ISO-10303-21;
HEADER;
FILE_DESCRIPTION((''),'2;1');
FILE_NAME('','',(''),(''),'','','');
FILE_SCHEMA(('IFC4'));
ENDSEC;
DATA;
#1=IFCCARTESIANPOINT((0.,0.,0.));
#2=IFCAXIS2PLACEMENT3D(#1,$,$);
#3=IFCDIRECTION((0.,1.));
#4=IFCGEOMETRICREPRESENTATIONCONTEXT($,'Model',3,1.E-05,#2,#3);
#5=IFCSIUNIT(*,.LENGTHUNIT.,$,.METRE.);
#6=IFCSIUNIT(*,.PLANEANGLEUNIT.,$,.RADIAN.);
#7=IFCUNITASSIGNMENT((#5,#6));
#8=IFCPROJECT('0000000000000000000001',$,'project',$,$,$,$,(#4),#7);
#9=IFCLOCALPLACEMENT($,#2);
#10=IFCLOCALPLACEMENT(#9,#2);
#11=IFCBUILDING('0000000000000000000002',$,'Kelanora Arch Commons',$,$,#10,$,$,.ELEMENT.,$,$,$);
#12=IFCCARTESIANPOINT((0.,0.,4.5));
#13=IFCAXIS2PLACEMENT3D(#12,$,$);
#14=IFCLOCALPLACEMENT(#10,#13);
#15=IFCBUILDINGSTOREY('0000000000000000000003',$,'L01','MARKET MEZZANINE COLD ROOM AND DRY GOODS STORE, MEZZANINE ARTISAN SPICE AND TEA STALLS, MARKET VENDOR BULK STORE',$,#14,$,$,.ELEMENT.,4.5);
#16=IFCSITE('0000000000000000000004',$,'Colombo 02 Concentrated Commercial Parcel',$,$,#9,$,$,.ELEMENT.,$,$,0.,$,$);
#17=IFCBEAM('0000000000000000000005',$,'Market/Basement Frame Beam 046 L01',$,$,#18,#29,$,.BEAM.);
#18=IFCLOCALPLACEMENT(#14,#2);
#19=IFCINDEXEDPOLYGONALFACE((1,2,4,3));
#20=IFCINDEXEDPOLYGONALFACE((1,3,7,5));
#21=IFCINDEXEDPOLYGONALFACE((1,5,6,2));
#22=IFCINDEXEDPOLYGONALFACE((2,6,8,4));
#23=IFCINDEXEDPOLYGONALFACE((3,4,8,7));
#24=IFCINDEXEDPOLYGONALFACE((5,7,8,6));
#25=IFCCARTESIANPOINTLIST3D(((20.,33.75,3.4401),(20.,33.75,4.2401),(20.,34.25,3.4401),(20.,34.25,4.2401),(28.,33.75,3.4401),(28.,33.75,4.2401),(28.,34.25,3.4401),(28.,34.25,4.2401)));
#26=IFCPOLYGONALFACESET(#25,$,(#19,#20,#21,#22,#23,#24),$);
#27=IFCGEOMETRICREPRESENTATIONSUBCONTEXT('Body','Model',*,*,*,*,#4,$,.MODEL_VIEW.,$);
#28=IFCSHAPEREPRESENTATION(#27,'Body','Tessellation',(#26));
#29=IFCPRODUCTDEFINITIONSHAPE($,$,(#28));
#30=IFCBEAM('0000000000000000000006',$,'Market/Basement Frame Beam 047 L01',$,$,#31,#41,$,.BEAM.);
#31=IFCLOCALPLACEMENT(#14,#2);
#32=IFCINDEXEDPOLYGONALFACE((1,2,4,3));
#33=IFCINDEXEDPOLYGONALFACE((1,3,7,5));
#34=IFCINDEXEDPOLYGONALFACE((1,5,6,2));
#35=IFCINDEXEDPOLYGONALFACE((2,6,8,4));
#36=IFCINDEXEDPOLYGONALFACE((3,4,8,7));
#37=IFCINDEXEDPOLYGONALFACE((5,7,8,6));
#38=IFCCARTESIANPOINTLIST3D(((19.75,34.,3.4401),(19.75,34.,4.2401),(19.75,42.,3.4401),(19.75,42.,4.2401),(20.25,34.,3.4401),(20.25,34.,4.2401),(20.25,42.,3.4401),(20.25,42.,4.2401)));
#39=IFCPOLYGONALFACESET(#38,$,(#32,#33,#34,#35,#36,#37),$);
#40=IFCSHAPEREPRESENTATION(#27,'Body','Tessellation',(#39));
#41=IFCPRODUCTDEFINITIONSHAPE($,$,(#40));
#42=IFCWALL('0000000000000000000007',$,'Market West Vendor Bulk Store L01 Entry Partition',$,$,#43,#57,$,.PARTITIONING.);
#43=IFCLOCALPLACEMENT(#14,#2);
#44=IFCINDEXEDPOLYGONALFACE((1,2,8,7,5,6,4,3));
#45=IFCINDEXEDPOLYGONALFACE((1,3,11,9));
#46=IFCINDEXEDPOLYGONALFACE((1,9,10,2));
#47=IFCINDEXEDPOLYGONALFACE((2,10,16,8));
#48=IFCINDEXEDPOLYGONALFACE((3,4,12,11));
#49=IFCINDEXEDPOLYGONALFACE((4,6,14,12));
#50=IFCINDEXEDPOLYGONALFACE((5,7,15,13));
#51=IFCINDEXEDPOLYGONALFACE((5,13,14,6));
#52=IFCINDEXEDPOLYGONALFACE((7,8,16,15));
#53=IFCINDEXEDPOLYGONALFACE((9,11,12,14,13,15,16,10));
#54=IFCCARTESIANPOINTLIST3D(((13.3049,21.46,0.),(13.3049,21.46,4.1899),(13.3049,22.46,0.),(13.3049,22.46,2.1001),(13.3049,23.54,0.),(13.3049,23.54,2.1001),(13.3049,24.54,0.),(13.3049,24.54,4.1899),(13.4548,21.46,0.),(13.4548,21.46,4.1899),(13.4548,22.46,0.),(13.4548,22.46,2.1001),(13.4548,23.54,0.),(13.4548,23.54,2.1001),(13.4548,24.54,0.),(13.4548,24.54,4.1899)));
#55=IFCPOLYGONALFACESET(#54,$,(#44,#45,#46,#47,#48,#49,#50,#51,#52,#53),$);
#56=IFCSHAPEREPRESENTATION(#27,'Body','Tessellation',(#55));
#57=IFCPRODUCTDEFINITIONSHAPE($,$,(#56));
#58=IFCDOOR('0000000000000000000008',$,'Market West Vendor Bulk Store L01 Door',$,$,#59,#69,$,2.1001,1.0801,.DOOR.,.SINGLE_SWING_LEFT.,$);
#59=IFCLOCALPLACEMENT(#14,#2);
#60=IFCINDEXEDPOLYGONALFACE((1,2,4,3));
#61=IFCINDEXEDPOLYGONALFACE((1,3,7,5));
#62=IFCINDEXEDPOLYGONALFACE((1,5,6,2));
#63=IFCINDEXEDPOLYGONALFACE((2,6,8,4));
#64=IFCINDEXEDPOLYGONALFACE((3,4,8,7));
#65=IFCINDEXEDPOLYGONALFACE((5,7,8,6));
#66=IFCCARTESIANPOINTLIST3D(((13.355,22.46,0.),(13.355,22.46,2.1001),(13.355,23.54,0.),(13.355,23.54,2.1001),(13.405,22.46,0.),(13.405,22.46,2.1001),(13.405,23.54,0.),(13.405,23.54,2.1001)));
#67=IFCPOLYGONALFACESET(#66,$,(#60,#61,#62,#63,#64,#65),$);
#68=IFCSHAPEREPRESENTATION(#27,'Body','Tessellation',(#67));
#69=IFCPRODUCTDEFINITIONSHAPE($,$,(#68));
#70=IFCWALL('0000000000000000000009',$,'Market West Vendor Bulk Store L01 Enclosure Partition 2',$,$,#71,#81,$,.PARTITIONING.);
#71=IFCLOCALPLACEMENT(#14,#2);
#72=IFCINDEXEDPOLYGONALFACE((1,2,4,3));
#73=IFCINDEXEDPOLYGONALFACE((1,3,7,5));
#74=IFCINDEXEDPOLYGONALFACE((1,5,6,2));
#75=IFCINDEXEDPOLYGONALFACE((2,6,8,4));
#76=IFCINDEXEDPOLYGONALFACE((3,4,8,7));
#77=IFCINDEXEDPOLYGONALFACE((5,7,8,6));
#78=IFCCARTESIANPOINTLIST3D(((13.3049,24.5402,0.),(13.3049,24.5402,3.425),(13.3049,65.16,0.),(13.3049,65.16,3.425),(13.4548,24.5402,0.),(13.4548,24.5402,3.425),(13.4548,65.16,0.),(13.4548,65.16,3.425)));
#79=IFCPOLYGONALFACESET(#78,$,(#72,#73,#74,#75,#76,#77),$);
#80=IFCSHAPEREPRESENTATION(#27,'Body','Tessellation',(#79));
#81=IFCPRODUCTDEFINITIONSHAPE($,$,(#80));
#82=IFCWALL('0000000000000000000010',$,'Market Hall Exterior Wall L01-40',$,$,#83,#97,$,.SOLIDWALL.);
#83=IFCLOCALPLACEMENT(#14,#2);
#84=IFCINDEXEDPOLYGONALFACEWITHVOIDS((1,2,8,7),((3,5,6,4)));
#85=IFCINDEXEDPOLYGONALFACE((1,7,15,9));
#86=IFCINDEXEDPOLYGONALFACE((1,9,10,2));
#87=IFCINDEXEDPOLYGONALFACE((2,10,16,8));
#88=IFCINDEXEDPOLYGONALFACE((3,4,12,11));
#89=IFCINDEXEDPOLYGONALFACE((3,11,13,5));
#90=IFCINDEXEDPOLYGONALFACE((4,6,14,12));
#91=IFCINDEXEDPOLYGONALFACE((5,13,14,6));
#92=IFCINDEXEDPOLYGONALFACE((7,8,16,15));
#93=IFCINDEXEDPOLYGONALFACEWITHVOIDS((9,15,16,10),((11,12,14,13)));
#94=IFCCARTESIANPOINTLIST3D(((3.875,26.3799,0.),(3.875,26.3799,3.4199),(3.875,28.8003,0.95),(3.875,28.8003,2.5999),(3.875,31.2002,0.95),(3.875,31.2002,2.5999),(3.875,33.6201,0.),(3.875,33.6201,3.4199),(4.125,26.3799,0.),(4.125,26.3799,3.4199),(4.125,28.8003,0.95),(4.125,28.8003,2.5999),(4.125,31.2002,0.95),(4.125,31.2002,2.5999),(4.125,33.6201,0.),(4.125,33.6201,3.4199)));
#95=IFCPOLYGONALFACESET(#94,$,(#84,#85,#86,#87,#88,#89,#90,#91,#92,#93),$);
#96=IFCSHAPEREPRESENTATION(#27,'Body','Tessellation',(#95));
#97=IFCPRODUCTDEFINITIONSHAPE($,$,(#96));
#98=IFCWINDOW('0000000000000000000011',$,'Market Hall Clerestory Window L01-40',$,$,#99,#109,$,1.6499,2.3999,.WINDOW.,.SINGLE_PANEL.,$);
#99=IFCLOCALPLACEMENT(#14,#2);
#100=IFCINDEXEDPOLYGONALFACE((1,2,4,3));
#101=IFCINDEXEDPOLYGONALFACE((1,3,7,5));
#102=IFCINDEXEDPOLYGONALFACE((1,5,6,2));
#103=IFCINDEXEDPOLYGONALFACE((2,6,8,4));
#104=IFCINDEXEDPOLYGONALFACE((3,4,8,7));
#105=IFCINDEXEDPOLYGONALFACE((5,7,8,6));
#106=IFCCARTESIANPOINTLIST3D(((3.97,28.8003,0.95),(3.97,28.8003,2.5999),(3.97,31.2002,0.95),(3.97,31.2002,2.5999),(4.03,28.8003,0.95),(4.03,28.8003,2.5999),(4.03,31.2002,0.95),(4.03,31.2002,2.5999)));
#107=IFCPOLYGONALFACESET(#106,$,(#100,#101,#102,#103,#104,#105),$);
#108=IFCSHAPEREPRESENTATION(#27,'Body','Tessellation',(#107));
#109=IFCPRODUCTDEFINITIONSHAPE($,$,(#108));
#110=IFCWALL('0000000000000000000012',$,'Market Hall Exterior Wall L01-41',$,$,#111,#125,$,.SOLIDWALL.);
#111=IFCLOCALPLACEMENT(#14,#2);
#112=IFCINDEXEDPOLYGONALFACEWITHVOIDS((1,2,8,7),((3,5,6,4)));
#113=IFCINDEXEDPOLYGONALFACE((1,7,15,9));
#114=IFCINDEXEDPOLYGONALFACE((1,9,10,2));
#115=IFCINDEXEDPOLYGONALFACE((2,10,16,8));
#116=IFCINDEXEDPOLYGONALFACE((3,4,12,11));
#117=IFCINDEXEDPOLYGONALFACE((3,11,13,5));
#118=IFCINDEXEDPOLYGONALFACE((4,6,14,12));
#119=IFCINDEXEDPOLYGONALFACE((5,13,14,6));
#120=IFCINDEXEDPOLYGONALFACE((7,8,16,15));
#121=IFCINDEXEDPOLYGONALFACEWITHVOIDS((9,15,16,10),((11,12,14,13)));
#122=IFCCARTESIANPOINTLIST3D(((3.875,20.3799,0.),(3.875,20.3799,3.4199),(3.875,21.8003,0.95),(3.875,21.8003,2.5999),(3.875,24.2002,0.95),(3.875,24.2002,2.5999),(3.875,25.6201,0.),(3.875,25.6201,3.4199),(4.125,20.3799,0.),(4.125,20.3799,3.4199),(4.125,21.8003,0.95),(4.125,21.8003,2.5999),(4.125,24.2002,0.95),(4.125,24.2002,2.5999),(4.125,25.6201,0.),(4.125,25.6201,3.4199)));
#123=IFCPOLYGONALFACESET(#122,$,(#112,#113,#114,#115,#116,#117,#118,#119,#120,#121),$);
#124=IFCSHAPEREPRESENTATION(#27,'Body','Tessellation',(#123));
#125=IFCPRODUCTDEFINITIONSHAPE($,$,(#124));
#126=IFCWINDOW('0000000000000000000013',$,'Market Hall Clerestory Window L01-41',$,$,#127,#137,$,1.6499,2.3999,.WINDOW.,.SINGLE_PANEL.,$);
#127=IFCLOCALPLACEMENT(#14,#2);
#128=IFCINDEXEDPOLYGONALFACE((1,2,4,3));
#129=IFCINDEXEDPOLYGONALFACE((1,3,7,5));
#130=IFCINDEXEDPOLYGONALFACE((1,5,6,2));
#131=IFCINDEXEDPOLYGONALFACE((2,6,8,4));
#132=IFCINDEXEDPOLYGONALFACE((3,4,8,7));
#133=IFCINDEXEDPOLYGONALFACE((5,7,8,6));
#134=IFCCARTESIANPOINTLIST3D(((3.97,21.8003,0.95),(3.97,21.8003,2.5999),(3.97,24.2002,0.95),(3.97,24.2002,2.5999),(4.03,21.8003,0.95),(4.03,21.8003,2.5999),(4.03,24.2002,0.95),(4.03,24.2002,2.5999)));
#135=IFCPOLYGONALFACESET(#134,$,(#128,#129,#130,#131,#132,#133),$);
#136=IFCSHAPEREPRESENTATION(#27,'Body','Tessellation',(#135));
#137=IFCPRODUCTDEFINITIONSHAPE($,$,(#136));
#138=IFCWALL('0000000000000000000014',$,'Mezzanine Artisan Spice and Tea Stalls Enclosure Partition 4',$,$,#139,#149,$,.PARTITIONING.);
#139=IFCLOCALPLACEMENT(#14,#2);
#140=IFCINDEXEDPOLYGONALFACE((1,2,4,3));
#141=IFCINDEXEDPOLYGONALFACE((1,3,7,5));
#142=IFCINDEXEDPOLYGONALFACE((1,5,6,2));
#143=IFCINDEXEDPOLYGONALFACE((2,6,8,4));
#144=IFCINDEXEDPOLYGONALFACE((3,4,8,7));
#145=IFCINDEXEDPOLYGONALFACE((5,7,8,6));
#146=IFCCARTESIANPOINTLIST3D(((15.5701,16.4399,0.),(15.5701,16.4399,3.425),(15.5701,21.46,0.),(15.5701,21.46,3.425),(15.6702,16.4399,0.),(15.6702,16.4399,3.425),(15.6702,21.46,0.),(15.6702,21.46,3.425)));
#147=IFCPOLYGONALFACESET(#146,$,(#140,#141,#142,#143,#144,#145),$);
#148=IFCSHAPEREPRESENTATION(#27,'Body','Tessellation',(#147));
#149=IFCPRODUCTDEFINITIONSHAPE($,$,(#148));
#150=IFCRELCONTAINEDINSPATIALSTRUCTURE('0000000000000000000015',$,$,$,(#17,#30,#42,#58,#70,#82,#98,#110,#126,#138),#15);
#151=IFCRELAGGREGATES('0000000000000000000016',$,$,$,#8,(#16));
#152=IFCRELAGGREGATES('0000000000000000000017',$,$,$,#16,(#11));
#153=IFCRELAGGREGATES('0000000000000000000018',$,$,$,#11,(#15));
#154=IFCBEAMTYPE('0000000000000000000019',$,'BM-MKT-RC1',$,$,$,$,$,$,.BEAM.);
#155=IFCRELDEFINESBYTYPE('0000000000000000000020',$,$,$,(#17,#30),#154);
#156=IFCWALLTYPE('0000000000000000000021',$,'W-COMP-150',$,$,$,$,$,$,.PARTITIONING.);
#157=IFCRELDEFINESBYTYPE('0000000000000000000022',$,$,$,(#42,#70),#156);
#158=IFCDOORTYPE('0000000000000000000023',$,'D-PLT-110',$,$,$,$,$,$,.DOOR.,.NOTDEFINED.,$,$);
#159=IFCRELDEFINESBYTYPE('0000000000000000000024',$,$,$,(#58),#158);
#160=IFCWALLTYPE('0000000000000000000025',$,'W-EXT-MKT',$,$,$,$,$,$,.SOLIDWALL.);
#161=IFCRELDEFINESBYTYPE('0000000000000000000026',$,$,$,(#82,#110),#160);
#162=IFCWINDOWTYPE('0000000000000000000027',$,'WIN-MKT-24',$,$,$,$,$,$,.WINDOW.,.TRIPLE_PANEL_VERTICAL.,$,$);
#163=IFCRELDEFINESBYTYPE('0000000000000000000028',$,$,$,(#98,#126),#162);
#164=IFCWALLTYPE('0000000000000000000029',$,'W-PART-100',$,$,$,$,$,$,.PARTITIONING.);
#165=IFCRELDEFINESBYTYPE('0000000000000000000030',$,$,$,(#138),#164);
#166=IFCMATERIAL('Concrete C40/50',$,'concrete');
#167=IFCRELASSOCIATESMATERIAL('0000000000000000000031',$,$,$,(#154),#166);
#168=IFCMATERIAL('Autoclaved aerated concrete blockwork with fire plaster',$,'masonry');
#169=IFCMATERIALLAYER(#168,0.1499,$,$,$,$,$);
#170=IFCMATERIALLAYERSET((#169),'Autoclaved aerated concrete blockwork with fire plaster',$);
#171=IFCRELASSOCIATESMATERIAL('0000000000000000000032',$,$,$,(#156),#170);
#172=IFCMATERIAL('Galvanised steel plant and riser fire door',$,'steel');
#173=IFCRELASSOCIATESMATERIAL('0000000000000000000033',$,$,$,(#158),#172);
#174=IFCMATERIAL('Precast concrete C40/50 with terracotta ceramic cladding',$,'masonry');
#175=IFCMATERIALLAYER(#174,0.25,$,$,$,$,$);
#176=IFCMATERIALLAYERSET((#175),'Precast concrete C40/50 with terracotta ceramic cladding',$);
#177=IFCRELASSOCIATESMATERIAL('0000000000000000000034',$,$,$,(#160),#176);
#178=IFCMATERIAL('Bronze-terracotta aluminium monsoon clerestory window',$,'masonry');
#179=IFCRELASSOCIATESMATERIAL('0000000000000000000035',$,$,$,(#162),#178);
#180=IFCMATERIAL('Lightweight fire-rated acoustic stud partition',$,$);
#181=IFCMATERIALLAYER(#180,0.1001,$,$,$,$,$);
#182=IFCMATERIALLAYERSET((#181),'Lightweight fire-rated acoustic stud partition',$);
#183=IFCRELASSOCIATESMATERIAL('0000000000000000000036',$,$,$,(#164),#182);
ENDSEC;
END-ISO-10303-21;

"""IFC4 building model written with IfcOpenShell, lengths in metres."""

from ifc_helpers import new_model, si_unit, direction, frame, frame_2d, origin, origin_2d, place, context, subcontext, project, spatial, rectangle, extrude, material, layer, layer_set, material_profile, profile_set, type_object, element, fill, save


model = new_model("IFC4")

# Units and contexts
model_context = context("Model", 3, precision=1e-05, world=origin(), true_north=direction((0.0, 1.0)))
body_context = subcontext(model_context, "Body", "Model", "MODEL_VIEW")
ifc_project = project(units=[si_unit("LENGTHUNIT", "METRE"), si_unit("PLANEANGLEUNIT", "RADIAN")], contexts=[model_context])

# Site, building, storey
site_placement = place(None, origin())
site = spatial("IfcSite", under=ifc_project, at=site_placement, Name="Colombo 02 Concentrated Commercial Parcel", CompositionType="ELEMENT", RefElevation=0.0)
building_placement = place(site_placement, origin())
building = spatial("IfcBuilding", under=site, at=building_placement, Name="Kelanora Arch Commons", CompositionType="ELEMENT")
storey_placement = place(building_placement, frame((0.0, 0.0, 4.5)))
storey = spatial("IfcBuildingStorey", under=building, at=storey_placement, Name="L01", Description="MARKET MEZZANINE COLD ROOM AND DRY GOODS STORE, MEZZANINE ARTISAN SPICE AND TEA STALLS, MARKET VENDOR BULK STORE", CompositionType="ELEMENT", Elevation=4.5)

# Beams
ifc_material_1 = material(Name="Concrete C40/50", Category="concrete")
ifc_material_profile_1 = material_profile(ifc_material_1, rectangle(XDim=0.5, YDim=0.8, at=origin_2d()), Name="RCB500x800")
ifc_profile_set_1 = profile_set([ifc_material_profile_1], Name="Concrete C40/50")
beam_type = type_object("IfcBeamType", Name="BM-MKT-RC1", PredefinedType="BEAM", material=ifc_profile_set_1)
for number, where, z_axis, x_axis, name in (
    (1, (20.0, 34.0, 3.8401), (1.0, 0.0, 0.0), (0.0, 1.0, 0.0), "Market/Basement Frame Beam 046 L01"),
    (2, (20.0, 34.0, 3.8401), (0.0, 1.0, 0.0), (-1.0, 0.0, 0.0), "Market/Basement Frame Beam 047 L01"),
):
    element("IfcBeam", number, at=place(storey_placement, frame(where, z_axis=z_axis, x_axis=x_axis)), inside=storey, type_object=beam_type, Name=name, PredefinedType="BEAM", context=body_context, shape_type="SweptSolid", body=[
        extrude(rectangle(XDim=0.5, YDim=0.8, at=origin_2d()), origin(), (0.0, 0.0, 1.0), 8.0),
    ])

# Wall, opening, door
ifc_material_2 = material(Name="Autoclaved aerated concrete blockwork with fire plaster", Category="masonry")
ifc_layer_1 = layer(ifc_material_2, 0.1499)
ifc_layer_set_1 = layer_set([ifc_layer_1], Name="Autoclaved aerated concrete blockwork with fire plaster")
wall_type_1 = type_object("IfcWallType", Name="W-COMP-150", PredefinedType="PARTITIONING", material=ifc_layer_set_1)
wall_1_placement = place(storey_placement, frame((13.3799, 21.46, 0.0), z_axis=(0.0, 0.0, 1.0), x_axis=(0.0, 1.0, 0.0)))
wall_1 = element("IfcWall", 3, at=wall_1_placement, inside=storey, type_object=wall_type_1, Name="Market West Vendor Bulk Store L01 Entry Partition", PredefinedType="PARTITIONING", context=body_context, shape_type="SweptSolid", body=[
    extrude(rectangle(XDim=3.0801, YDim=0.1499, at=frame_2d((1.54, 0.0))), origin(), (0.0, 0.0, 1.0), 4.1899),
])
opening_1_placement = place(wall_1_placement, frame((1.0, 0.0, 0.0)))
opening_1 = element("IfcOpeningElement", 4, at=opening_1_placement, cuts=wall_1, PredefinedType="OPENING", context=body_context, shape_type="SweptSolid", body=[
    extrude(rectangle(XDim=1.0801, YDim=2.1001, at=frame_2d((0.54, 1.05))), frame((0.0, 0.085, 0.0), z_axis=(0.0, -1.0, 0.0), x_axis=(1.0, 0.0, 0.0)), (0.0, 0.0, 1.0), 0.1699),
])
ifc_material_3 = material(Name="Galvanised steel plant and riser fire door", Category="steel")
door_type_1 = type_object("IfcDoorType", Name="D-PLT-110", OperationType="NOTDEFINED", PredefinedType="DOOR", material=ifc_material_3)
door_1_placement = place(opening_1_placement, origin())
door_1 = element("IfcDoor", 5, at=door_1_placement, inside=storey, type_object=door_type_1, Name="Market West Vendor Bulk Store L01 Door", OperationType="SINGLE_SWING_LEFT", OverallHeight=2.1001, OverallWidth=1.0801, PredefinedType="DOOR", context=body_context, shape_type="SweptSolid", body=[
    extrude(rectangle(XDim=1.0801, YDim=2.1001, at=frame_2d((0.54, 1.05))), frame((0.0, 0.0249, 0.0), z_axis=(0.0, -1.0, 0.0), x_axis=(1.0, 0.0, 0.0)), (0.0, 0.0, 1.0), 0.05),
])
fill(opening_1, door_1)

# Wall
wall_2_placement = place(storey_placement, frame((13.3799, 24.54, 0.0), z_axis=(0.0, 0.0, 1.0), x_axis=(0.0, 1.0, 0.0)))
element("IfcWall", 6, at=wall_2_placement, inside=storey, type_object=wall_type_1, Name="Market West Vendor Bulk Store L01 Enclosure Partition 2", PredefinedType="PARTITIONING", context=body_context, shape_type="SweptSolid", body=[
    extrude(rectangle(XDim=40.6199, YDim=0.1499, at=frame_2d((20.3101, 0.0))), origin(), (0.0, 0.0, 1.0), 3.425),
])

# Walls, openings, windows
ifc_material_4 = material(Name="Precast concrete C40/50 with terracotta ceramic cladding", Category="masonry")
ifc_layer_2 = layer(ifc_material_4, 0.25)
ifc_layer_set_2 = layer_set([ifc_layer_2], Name="Precast concrete C40/50 with terracotta ceramic cladding")
wall_type_2 = type_object("IfcWallType", Name="W-EXT-MKT", PredefinedType="SOLIDWALL", material=ifc_layer_set_2)
wall_3_placement = place(storey_placement, frame((4.0, 33.6201, 0.0), z_axis=(0.0, 0.0, 1.0), x_axis=(0.0, -1.0, 0.0)))
wall_3 = element("IfcWall", 7, at=wall_3_placement, inside=storey, type_object=wall_type_2, Name="Market Hall Exterior Wall L01-40", PredefinedType="SOLIDWALL", context=body_context, shape_type="SweptSolid", body=[
    extrude(rectangle(XDim=7.2402, YDim=0.25, at=frame_2d((3.6201, 0.0))), origin(), (0.0, 0.0, 1.0), 3.4199),
])
opening_2_placement = place(wall_3_placement, frame((2.4199, 0.0, 0.95)))
opening_2 = element("IfcOpeningElement", 8, at=opening_2_placement, cuts=wall_3, PredefinedType="OPENING", context=body_context, shape_type="SweptSolid", body=[
    extrude(rectangle(XDim=2.3999, YDim=1.6499, at=frame_2d((1.2, 0.825))), frame((0.0, 0.135, 0.0), z_axis=(0.0, -1.0, 0.0), x_axis=(1.0, 0.0, 0.0)), (0.0, 0.0, 1.0), 0.27),
])
ifc_material_5 = material(Name="Bronze-terracotta aluminium monsoon clerestory window", Category="masonry")
window_type = type_object("IfcWindowType", Name="WIN-MKT-24", PartitioningType="TRIPLE_PANEL_VERTICAL", PredefinedType="WINDOW", material=ifc_material_5)
window_1_placement = place(opening_2_placement, origin())
window_1 = element("IfcWindow", 9, at=window_1_placement, inside=storey, type_object=window_type, Name="Market Hall Clerestory Window L01-40", OverallHeight=1.6499, OverallWidth=2.3999, PartitioningType="SINGLE_PANEL", PredefinedType="WINDOW", context=body_context, shape_type="SweptSolid", body=[
    extrude(rectangle(XDim=2.3999, YDim=1.6499, at=frame_2d((1.2, 0.825))), frame((0.0, 0.03, 0.0), z_axis=(0.0, -1.0, 0.0), x_axis=(1.0, 0.0, 0.0)), (0.0, 0.0, 1.0), 0.0601),
])
fill(opening_2, window_1)
wall_4_placement = place(storey_placement, frame((4.0, 25.6201, 0.0), z_axis=(0.0, 0.0, 1.0), x_axis=(0.0, -1.0, 0.0)))
wall_4 = element("IfcWall", 10, at=wall_4_placement, inside=storey, type_object=wall_type_2, Name="Market Hall Exterior Wall L01-41", PredefinedType="SOLIDWALL", context=body_context, shape_type="SweptSolid", body=[
    extrude(rectangle(XDim=5.2402, YDim=0.25, at=frame_2d((2.6201, 0.0))), origin(), (0.0, 0.0, 1.0), 3.4199),
])
opening_3_placement = place(wall_4_placement, frame((1.4199, 0.0, 0.95)))
opening_3 = element("IfcOpeningElement", 11, at=opening_3_placement, cuts=wall_4, PredefinedType="OPENING", context=body_context, shape_type="SweptSolid", body=[
    extrude(rectangle(XDim=2.3999, YDim=1.6499, at=frame_2d((1.2, 0.825))), frame((0.0, 0.135, 0.0), z_axis=(0.0, -1.0, 0.0), x_axis=(1.0, 0.0, 0.0)), (0.0, 0.0, 1.0), 0.27),
])
window_2_placement = place(opening_3_placement, origin())
window_2 = element("IfcWindow", 12, at=window_2_placement, inside=storey, type_object=window_type, Name="Market Hall Clerestory Window L01-41", OverallHeight=1.6499, OverallWidth=2.3999, PartitioningType="SINGLE_PANEL", PredefinedType="WINDOW", context=body_context, shape_type="SweptSolid", body=[
    extrude(rectangle(XDim=2.3999, YDim=1.6499, at=frame_2d((1.2, 0.825))), frame((0.0, 0.03, 0.0), z_axis=(0.0, -1.0, 0.0), x_axis=(1.0, 0.0, 0.0)), (0.0, 0.0, 1.0), 0.0601),
])
fill(opening_3, window_2)

# Wall
ifc_material_6 = material(Name="Lightweight fire-rated acoustic stud partition")
ifc_layer_3 = layer(ifc_material_6, 0.1001)
ifc_layer_set_3 = layer_set([ifc_layer_3], Name="Lightweight fire-rated acoustic stud partition")
wall_type_3 = type_object("IfcWallType", Name="W-PART-100", PredefinedType="PARTITIONING", material=ifc_layer_set_3)
wall_5_placement = place(storey_placement, frame((15.6201, 21.46, 0.0), z_axis=(0.0, 0.0, 1.0), x_axis=(0.0, -1.0, 0.0)))
element("IfcWall", 13, at=wall_5_placement, inside=storey, type_object=wall_type_3, Name="Mezzanine Artisan Spice and Tea Stalls Enclosure Partition 4", PredefinedType="PARTITIONING", context=body_context, shape_type="SweptSolid", body=[
    extrude(rectangle(XDim=5.02, YDim=0.1001, at=frame_2d((2.51, 0.0))), origin(), (0.0, 0.0, 1.0), 3.425),
])

save(model, "model.ifc")
